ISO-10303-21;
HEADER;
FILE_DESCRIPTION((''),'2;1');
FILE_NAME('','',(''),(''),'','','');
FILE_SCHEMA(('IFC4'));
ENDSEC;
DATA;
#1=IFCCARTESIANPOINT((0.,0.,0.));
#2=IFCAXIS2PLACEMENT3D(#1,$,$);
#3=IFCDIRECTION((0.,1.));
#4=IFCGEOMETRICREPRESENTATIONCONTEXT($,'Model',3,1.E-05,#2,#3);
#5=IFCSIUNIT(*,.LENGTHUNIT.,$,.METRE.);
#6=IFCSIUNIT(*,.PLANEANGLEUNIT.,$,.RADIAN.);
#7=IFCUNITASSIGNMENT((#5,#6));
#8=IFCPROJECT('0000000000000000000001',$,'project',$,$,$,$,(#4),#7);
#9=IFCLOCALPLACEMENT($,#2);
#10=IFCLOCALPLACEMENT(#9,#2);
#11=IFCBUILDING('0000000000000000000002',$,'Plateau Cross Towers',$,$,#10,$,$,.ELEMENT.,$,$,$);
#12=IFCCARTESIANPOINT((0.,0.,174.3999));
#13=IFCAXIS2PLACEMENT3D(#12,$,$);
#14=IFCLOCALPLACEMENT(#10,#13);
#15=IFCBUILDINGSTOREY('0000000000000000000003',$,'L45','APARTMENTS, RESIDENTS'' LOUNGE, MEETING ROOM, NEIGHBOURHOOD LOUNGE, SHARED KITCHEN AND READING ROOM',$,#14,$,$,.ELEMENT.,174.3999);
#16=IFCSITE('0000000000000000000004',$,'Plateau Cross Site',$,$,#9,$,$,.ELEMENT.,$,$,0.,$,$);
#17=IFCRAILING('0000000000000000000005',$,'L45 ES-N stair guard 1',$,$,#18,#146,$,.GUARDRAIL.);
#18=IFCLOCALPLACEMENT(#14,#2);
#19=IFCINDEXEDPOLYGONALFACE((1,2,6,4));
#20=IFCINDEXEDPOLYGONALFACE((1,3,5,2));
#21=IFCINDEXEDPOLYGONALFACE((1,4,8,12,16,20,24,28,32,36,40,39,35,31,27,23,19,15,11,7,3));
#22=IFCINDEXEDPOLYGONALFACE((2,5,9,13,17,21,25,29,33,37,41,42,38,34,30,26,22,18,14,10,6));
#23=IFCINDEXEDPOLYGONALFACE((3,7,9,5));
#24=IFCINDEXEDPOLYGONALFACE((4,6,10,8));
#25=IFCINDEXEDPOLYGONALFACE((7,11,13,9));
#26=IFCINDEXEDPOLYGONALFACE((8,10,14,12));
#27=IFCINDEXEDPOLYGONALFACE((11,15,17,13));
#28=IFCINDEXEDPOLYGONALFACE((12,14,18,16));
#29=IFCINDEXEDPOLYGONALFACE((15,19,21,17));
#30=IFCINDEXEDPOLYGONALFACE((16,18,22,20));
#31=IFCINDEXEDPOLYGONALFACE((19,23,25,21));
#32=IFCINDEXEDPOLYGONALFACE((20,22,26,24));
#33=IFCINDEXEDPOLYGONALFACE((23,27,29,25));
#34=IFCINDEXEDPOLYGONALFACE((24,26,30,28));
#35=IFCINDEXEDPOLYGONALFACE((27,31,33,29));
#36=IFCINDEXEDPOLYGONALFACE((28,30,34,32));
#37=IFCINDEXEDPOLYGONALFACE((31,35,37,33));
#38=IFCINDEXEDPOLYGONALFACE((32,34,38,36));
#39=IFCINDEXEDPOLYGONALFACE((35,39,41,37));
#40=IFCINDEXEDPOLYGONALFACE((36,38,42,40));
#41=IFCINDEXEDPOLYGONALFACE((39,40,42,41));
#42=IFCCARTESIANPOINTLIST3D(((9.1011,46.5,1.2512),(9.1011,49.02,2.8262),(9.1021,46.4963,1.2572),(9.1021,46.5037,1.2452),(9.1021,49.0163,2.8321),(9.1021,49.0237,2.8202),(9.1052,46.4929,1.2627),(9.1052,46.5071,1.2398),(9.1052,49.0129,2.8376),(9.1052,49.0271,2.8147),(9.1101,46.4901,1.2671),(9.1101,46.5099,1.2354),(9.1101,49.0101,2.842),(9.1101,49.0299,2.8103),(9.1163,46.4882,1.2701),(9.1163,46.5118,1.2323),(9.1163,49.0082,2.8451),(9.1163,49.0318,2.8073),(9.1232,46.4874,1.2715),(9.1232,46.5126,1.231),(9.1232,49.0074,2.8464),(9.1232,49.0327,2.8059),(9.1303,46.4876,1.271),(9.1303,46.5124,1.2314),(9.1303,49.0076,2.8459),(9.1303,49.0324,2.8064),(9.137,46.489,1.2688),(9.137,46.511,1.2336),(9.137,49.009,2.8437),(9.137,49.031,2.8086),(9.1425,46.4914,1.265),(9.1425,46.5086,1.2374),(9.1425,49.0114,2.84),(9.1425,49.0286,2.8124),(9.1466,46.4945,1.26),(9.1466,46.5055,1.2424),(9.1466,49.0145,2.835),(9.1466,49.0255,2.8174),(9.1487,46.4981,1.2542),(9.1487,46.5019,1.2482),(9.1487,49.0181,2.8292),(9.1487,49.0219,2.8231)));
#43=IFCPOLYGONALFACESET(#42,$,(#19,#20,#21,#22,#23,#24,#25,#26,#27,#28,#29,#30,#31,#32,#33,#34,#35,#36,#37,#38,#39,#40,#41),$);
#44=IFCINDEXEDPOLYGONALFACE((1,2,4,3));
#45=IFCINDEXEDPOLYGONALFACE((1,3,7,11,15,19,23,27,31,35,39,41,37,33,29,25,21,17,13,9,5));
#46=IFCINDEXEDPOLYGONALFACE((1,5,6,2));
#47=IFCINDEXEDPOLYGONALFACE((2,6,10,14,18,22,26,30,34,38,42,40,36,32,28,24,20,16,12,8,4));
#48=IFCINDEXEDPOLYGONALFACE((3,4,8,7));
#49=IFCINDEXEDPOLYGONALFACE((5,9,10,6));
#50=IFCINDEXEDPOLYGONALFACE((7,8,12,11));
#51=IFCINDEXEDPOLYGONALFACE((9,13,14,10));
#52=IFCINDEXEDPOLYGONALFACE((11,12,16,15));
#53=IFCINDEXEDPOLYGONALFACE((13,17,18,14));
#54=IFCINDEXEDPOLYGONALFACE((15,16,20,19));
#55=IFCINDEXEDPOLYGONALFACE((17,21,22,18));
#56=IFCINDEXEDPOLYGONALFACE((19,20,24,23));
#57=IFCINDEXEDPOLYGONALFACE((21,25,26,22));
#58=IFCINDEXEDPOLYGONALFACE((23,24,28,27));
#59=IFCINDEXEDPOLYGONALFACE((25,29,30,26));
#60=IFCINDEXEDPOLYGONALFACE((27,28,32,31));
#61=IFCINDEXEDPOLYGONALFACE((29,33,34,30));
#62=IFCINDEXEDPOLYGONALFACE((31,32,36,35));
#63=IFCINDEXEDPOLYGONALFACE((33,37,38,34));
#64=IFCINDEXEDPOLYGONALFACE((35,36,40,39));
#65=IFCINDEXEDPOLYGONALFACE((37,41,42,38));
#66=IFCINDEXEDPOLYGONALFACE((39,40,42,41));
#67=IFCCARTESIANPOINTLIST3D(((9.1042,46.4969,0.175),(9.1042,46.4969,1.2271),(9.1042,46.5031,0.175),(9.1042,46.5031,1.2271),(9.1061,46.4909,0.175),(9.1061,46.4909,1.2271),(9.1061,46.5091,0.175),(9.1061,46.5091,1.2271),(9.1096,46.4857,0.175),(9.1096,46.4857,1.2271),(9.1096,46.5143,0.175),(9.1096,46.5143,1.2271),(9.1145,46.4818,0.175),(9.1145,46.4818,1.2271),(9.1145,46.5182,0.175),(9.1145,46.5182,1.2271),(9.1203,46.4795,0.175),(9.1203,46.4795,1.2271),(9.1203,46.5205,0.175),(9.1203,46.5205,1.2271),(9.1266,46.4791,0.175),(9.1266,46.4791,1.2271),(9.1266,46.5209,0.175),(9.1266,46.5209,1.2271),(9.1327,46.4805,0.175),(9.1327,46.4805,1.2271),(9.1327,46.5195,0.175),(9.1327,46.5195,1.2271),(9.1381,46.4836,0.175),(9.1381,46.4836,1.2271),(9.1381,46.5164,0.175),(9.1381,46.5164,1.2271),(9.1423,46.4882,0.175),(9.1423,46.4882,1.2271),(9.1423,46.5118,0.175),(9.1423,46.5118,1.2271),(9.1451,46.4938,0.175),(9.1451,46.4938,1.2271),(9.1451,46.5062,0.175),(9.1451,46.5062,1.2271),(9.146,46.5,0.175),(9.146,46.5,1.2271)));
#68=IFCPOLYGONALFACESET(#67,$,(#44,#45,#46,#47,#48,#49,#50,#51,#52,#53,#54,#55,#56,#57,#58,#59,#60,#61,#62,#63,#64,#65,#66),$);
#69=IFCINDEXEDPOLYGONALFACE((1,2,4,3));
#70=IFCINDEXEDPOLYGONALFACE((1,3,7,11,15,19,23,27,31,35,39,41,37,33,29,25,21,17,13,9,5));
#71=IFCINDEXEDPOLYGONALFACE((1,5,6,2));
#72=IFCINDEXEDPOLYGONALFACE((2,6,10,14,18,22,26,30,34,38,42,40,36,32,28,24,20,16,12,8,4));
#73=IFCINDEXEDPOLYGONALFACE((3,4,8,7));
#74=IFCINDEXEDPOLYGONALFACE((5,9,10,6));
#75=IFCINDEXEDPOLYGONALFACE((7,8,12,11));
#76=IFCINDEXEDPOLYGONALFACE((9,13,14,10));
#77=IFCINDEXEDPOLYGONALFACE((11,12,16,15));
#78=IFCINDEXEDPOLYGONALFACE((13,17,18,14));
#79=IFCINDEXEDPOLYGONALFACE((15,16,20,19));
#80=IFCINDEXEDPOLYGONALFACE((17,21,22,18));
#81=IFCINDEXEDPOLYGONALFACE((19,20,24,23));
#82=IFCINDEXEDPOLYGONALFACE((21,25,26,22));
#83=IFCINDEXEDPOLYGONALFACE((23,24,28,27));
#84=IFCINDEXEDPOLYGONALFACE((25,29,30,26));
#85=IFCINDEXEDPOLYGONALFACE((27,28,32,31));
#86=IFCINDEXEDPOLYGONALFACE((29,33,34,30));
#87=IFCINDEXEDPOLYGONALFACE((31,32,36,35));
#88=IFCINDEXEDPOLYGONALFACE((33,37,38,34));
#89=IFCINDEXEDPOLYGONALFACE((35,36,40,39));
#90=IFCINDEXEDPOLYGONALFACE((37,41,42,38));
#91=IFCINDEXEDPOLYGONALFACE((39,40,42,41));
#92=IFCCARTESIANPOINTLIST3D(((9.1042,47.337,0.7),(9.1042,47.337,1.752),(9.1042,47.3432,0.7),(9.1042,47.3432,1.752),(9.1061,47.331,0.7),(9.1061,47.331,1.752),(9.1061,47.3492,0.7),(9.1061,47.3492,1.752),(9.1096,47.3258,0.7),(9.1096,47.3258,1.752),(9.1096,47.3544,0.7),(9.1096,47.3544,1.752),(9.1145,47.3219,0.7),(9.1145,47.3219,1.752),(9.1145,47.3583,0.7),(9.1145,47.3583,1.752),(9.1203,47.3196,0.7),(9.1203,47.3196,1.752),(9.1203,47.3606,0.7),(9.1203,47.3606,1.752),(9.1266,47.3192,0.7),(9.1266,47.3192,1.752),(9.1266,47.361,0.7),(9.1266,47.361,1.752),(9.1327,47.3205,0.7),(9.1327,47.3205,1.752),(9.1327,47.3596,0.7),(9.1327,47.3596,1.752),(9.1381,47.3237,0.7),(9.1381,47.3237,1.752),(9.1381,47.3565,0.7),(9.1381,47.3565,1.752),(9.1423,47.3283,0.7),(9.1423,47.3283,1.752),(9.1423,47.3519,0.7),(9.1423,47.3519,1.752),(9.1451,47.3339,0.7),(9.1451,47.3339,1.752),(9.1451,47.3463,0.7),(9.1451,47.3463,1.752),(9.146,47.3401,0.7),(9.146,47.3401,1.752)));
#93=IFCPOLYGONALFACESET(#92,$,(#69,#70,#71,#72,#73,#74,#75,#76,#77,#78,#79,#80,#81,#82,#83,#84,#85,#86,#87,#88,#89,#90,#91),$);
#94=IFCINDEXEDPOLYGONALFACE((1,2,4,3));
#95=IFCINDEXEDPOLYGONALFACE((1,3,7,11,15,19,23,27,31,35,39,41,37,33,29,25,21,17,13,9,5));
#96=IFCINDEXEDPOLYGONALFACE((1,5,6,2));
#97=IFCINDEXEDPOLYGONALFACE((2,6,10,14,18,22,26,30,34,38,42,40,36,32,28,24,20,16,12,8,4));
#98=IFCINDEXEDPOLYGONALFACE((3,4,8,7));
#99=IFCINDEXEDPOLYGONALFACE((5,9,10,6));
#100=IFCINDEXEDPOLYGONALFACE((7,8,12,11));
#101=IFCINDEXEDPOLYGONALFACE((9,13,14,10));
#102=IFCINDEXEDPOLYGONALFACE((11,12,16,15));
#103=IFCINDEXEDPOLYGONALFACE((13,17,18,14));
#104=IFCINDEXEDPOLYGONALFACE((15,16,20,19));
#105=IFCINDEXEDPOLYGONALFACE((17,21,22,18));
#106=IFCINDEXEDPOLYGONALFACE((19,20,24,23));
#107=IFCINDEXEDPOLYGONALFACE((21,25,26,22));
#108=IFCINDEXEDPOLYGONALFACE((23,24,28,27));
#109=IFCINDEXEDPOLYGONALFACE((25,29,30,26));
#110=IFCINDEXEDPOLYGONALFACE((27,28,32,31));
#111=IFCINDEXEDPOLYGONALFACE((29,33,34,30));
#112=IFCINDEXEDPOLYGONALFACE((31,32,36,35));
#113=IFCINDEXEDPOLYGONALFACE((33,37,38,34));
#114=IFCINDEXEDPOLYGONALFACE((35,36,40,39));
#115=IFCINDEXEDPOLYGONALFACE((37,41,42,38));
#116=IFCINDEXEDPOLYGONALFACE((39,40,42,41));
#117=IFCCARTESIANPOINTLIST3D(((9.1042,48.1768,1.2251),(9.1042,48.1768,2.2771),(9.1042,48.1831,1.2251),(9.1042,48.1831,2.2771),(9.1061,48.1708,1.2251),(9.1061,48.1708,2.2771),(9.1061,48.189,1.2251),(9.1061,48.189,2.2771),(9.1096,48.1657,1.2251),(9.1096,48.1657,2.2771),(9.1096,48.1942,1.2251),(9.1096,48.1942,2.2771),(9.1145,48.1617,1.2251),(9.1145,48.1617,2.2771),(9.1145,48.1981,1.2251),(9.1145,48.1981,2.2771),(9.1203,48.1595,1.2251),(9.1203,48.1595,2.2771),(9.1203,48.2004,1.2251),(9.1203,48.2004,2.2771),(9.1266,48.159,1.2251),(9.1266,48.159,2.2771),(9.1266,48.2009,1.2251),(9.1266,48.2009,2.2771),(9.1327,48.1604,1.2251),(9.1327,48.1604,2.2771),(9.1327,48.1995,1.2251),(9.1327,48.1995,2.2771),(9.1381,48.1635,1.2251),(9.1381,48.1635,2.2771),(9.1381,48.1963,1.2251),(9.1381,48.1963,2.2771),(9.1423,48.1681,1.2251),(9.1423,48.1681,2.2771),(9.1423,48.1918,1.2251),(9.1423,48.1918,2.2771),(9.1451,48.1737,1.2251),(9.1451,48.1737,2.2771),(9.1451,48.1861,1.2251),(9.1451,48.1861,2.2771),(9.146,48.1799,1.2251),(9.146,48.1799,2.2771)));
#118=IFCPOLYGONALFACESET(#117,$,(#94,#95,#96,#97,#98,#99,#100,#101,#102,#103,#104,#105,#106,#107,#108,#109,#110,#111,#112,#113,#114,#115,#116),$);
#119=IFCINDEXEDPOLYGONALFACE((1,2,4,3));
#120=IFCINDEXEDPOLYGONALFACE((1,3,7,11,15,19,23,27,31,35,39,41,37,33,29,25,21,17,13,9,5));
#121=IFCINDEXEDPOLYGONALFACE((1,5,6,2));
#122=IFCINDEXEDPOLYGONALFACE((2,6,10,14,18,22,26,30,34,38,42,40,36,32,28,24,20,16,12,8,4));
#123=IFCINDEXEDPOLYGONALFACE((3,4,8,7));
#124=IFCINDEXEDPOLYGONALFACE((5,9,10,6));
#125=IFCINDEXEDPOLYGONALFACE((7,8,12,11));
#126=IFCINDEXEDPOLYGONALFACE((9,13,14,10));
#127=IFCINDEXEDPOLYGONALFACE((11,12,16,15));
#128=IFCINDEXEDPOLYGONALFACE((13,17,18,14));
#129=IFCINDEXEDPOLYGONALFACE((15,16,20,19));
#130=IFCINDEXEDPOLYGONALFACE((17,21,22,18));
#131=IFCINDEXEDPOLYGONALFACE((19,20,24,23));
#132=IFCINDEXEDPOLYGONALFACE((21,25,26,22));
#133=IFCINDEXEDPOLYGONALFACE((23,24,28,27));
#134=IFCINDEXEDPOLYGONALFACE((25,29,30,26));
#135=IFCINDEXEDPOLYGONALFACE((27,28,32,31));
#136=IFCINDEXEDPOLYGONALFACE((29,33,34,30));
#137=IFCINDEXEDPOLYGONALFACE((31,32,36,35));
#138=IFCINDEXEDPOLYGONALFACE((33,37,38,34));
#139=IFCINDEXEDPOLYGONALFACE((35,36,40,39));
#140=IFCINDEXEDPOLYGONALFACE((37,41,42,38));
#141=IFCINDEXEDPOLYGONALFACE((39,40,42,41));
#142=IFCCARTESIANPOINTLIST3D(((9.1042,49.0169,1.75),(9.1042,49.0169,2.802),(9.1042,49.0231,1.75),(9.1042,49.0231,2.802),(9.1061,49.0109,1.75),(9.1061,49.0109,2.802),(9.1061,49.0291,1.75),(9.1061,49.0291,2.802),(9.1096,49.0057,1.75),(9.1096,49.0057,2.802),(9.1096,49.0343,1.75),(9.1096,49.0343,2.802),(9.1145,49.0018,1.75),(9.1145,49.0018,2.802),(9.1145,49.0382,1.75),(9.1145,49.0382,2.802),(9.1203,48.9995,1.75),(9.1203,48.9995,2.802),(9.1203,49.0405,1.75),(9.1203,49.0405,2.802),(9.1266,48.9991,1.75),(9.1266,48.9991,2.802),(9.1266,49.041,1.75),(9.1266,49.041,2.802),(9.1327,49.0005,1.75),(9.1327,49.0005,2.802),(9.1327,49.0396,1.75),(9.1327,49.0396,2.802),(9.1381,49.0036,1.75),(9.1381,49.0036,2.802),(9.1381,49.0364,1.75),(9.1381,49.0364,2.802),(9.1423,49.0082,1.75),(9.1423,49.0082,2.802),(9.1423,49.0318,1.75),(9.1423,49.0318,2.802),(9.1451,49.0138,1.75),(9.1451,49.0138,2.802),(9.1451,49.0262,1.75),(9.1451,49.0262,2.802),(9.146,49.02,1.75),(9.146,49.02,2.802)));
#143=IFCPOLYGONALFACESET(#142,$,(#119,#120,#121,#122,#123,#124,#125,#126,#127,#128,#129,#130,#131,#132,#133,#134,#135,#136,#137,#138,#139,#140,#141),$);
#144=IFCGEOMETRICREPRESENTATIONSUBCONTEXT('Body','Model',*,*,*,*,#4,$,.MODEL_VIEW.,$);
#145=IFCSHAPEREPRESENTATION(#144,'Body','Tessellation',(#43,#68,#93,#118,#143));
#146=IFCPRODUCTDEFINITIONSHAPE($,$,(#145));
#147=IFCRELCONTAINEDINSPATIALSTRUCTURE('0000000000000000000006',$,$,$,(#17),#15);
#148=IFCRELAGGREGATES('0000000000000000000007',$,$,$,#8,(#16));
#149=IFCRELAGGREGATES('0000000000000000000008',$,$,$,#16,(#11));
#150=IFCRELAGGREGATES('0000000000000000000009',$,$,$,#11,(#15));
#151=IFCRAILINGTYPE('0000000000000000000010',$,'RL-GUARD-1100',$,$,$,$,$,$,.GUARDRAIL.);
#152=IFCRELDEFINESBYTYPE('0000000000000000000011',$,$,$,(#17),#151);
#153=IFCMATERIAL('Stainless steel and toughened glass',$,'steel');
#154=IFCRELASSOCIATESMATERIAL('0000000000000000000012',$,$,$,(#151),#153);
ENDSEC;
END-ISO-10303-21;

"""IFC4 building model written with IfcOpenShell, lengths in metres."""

from ifc_helpers import new_model, si_unit, direction, frame, origin, origin_2d, place, context, subcontext, project, spatial, circle, extrude, material, type_object, element, save


model = new_model("IFC4")

# Units and contexts
model_context = context("Model", 3, precision=1e-05, world=origin(), true_north=direction((0.0, 1.0)))
body_context = subcontext(model_context, "Body", "Model", "MODEL_VIEW")
ifc_project = project(units=[si_unit("LENGTHUNIT", "METRE"), si_unit("PLANEANGLEUNIT", "RADIAN")], contexts=[model_context])

# Site, building, storey
site_placement = place(None, origin())
site = spatial("IfcSite", under=ifc_project, at=site_placement, Name="Plateau Cross Site", CompositionType="ELEMENT", RefElevation=0.0)
building_placement = place(site_placement, origin())
building = spatial("IfcBuilding", under=site, at=building_placement, Name="Plateau Cross Towers", CompositionType="ELEMENT")
storey_placement = place(building_placement, frame((0.0, 0.0, 174.3999)))
storey = spatial("IfcBuildingStorey", under=building, at=storey_placement, Name="L45", Description="APARTMENTS, RESIDENTS' LOUNGE, MEETING ROOM, NEIGHBOURHOOD LOUNGE, SHARED KITCHEN AND READING ROOM", CompositionType="ELEMENT", Elevation=174.3999)

# Railing
ifc_material_1 = material(Name="Stainless steel and toughened glass", Category="steel")
railing_type_1 = type_object("IfcRailingType", Name="RL-GUARD-1100", PredefinedType="GUARDRAIL", material=ifc_material_1)
railing_1_placement = place(storey_placement, frame((9.125, 46.5, 0.175)))
element("IfcRailing", 1, at=railing_1_placement, inside=storey, type_object=railing_type_1, Name="L45 ES-N stair guard 1", PredefinedType="GUARDRAIL", context=body_context, shape_type="SweptSolid", body=[
    extrude(circle(Radius=0.0239, at=origin_2d()), frame((0.0, 0.0, 1.0762), z_axis=(0.0, 0.848008, 0.529984), x_axis=(-1.0, 0.0, 0.0)), (0.0, 0.0, 1.0), 2.9717),
    extrude(circle(Radius=0.021, at=origin_2d()), origin(), (0.0, 0.0, 1.0), 1.052),
    extrude(circle(Radius=0.021, at=origin_2d()), frame((0.0, 0.8401, 0.5249)), (0.0, 0.0, 1.0), 1.052),
    extrude(circle(Radius=0.021, at=origin_2d()), frame((0.0, 1.6799, 1.05)), (0.0, 0.0, 1.0), 1.052),
    extrude(circle(Radius=0.021, at=origin_2d()), frame((0.0, 2.52, 1.575)), (0.0, 0.0, 1.0), 1.052),
])

save(model, "model.ifc")
